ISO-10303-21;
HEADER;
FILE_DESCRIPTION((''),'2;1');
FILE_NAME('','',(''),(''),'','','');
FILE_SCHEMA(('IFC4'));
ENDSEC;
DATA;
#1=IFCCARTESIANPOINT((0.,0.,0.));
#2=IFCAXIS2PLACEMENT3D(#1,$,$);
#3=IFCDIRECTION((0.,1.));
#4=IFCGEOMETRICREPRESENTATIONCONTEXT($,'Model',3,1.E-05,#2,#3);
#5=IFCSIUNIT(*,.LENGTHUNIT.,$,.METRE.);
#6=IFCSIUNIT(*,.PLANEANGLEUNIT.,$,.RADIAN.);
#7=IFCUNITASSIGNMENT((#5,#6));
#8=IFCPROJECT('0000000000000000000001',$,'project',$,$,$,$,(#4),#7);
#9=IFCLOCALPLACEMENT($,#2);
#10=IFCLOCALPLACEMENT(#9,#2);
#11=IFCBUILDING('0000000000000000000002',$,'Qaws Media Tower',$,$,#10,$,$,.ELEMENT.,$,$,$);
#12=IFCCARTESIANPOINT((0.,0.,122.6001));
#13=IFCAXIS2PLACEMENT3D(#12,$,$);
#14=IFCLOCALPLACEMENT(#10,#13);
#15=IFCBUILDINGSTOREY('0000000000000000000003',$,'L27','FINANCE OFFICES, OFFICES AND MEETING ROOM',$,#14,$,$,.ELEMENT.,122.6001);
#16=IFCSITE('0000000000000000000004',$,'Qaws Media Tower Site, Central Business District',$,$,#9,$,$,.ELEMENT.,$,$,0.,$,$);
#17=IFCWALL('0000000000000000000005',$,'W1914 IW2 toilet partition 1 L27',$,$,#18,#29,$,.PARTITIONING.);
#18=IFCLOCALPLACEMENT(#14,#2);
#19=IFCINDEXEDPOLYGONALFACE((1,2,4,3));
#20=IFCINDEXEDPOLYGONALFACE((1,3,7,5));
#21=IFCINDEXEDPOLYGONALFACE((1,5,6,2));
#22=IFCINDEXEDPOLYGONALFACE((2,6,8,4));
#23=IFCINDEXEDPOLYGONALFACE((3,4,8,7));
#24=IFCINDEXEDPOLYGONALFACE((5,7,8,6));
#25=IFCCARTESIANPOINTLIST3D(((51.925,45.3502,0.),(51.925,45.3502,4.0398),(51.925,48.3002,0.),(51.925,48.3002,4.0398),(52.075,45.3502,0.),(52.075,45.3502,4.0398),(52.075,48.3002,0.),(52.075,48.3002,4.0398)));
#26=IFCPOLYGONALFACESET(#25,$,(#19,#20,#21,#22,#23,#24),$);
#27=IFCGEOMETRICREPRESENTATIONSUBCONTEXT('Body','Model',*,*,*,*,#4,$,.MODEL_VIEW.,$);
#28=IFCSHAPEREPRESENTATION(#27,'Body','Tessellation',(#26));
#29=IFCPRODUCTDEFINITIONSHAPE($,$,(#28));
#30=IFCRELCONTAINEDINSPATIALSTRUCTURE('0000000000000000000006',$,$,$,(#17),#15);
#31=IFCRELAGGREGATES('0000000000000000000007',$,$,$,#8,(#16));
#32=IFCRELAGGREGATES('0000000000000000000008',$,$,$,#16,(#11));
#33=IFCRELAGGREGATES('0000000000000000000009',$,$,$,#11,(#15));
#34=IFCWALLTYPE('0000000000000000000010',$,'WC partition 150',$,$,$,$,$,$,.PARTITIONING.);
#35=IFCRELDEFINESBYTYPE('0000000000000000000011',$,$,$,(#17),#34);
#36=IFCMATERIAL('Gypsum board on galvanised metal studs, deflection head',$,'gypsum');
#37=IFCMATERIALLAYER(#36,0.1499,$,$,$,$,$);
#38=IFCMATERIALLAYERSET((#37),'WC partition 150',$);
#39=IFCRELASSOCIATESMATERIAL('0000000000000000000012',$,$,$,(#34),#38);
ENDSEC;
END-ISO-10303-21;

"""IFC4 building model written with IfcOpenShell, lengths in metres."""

from ifc_helpers import new_model, si_unit, direction, frame, frame_2d, origin, place, context, subcontext, project, spatial, rectangle, extrude, material, layer, layer_set, type_object, element, save


model = new_model("IFC4")

# Units and contexts
model_context = context("Model", 3, precision=1e-05, world=origin(), true_north=direction((0.0, 1.0)))
body_context = subcontext(model_context, "Body", "Model", "MODEL_VIEW")
ifc_project = project(units=[si_unit("LENGTHUNIT", "METRE"), si_unit("PLANEANGLEUNIT", "RADIAN")], contexts=[model_context])

# Site, building, storey
site_placement = place(None, origin())
site = spatial("IfcSite", under=ifc_project, at=site_placement, Name="Qaws Media Tower Site, Central Business District", CompositionType="ELEMENT", RefElevation=0.0)
building_placement = place(site_placement, origin())
building = spatial("IfcBuilding", under=site, at=building_placement, Name="Qaws Media Tower", CompositionType="ELEMENT")
storey_placement = place(building_placement, frame((0.0, 0.0, 122.6001)))
storey = spatial("IfcBuildingStorey", under=building, at=storey_placement, Name="L27", Description="FINANCE OFFICES, OFFICES AND MEETING ROOM", CompositionType="ELEMENT", Elevation=122.6001)

# Wall
ifc_material_1 = material(Name="Gypsum board on galvanised metal studs, deflection head", Category="gypsum")
ifc_layer_1 = layer(ifc_material_1, 0.1499)
ifc_layer_set_1 = layer_set([ifc_layer_1], Name="WC partition 150")
wall_type_1 = type_object("IfcWallType", Name="WC partition 150", PredefinedType="PARTITIONING", material=ifc_layer_set_1)
wall_1_placement = place(storey_placement, frame((52.0, 45.3501, 0.0), z_axis=(0.0, 0.0, 1.0), x_axis=(0.0, 1.0, 0.0)))
element("IfcWall", 1, at=wall_1_placement, inside=storey, type_object=wall_type_1, Name="W1914 IW2 toilet partition 1 L27", PredefinedType="PARTITIONING", context=body_context, shape_type="SweptSolid", body=[
    extrude(rectangle(XDim=2.95, YDim=0.1499, at=frame_2d((1.4751, 0.0))), origin(), (0.0, 0.0, 1.0), 4.0398),
])

save(model, "model.ifc")
